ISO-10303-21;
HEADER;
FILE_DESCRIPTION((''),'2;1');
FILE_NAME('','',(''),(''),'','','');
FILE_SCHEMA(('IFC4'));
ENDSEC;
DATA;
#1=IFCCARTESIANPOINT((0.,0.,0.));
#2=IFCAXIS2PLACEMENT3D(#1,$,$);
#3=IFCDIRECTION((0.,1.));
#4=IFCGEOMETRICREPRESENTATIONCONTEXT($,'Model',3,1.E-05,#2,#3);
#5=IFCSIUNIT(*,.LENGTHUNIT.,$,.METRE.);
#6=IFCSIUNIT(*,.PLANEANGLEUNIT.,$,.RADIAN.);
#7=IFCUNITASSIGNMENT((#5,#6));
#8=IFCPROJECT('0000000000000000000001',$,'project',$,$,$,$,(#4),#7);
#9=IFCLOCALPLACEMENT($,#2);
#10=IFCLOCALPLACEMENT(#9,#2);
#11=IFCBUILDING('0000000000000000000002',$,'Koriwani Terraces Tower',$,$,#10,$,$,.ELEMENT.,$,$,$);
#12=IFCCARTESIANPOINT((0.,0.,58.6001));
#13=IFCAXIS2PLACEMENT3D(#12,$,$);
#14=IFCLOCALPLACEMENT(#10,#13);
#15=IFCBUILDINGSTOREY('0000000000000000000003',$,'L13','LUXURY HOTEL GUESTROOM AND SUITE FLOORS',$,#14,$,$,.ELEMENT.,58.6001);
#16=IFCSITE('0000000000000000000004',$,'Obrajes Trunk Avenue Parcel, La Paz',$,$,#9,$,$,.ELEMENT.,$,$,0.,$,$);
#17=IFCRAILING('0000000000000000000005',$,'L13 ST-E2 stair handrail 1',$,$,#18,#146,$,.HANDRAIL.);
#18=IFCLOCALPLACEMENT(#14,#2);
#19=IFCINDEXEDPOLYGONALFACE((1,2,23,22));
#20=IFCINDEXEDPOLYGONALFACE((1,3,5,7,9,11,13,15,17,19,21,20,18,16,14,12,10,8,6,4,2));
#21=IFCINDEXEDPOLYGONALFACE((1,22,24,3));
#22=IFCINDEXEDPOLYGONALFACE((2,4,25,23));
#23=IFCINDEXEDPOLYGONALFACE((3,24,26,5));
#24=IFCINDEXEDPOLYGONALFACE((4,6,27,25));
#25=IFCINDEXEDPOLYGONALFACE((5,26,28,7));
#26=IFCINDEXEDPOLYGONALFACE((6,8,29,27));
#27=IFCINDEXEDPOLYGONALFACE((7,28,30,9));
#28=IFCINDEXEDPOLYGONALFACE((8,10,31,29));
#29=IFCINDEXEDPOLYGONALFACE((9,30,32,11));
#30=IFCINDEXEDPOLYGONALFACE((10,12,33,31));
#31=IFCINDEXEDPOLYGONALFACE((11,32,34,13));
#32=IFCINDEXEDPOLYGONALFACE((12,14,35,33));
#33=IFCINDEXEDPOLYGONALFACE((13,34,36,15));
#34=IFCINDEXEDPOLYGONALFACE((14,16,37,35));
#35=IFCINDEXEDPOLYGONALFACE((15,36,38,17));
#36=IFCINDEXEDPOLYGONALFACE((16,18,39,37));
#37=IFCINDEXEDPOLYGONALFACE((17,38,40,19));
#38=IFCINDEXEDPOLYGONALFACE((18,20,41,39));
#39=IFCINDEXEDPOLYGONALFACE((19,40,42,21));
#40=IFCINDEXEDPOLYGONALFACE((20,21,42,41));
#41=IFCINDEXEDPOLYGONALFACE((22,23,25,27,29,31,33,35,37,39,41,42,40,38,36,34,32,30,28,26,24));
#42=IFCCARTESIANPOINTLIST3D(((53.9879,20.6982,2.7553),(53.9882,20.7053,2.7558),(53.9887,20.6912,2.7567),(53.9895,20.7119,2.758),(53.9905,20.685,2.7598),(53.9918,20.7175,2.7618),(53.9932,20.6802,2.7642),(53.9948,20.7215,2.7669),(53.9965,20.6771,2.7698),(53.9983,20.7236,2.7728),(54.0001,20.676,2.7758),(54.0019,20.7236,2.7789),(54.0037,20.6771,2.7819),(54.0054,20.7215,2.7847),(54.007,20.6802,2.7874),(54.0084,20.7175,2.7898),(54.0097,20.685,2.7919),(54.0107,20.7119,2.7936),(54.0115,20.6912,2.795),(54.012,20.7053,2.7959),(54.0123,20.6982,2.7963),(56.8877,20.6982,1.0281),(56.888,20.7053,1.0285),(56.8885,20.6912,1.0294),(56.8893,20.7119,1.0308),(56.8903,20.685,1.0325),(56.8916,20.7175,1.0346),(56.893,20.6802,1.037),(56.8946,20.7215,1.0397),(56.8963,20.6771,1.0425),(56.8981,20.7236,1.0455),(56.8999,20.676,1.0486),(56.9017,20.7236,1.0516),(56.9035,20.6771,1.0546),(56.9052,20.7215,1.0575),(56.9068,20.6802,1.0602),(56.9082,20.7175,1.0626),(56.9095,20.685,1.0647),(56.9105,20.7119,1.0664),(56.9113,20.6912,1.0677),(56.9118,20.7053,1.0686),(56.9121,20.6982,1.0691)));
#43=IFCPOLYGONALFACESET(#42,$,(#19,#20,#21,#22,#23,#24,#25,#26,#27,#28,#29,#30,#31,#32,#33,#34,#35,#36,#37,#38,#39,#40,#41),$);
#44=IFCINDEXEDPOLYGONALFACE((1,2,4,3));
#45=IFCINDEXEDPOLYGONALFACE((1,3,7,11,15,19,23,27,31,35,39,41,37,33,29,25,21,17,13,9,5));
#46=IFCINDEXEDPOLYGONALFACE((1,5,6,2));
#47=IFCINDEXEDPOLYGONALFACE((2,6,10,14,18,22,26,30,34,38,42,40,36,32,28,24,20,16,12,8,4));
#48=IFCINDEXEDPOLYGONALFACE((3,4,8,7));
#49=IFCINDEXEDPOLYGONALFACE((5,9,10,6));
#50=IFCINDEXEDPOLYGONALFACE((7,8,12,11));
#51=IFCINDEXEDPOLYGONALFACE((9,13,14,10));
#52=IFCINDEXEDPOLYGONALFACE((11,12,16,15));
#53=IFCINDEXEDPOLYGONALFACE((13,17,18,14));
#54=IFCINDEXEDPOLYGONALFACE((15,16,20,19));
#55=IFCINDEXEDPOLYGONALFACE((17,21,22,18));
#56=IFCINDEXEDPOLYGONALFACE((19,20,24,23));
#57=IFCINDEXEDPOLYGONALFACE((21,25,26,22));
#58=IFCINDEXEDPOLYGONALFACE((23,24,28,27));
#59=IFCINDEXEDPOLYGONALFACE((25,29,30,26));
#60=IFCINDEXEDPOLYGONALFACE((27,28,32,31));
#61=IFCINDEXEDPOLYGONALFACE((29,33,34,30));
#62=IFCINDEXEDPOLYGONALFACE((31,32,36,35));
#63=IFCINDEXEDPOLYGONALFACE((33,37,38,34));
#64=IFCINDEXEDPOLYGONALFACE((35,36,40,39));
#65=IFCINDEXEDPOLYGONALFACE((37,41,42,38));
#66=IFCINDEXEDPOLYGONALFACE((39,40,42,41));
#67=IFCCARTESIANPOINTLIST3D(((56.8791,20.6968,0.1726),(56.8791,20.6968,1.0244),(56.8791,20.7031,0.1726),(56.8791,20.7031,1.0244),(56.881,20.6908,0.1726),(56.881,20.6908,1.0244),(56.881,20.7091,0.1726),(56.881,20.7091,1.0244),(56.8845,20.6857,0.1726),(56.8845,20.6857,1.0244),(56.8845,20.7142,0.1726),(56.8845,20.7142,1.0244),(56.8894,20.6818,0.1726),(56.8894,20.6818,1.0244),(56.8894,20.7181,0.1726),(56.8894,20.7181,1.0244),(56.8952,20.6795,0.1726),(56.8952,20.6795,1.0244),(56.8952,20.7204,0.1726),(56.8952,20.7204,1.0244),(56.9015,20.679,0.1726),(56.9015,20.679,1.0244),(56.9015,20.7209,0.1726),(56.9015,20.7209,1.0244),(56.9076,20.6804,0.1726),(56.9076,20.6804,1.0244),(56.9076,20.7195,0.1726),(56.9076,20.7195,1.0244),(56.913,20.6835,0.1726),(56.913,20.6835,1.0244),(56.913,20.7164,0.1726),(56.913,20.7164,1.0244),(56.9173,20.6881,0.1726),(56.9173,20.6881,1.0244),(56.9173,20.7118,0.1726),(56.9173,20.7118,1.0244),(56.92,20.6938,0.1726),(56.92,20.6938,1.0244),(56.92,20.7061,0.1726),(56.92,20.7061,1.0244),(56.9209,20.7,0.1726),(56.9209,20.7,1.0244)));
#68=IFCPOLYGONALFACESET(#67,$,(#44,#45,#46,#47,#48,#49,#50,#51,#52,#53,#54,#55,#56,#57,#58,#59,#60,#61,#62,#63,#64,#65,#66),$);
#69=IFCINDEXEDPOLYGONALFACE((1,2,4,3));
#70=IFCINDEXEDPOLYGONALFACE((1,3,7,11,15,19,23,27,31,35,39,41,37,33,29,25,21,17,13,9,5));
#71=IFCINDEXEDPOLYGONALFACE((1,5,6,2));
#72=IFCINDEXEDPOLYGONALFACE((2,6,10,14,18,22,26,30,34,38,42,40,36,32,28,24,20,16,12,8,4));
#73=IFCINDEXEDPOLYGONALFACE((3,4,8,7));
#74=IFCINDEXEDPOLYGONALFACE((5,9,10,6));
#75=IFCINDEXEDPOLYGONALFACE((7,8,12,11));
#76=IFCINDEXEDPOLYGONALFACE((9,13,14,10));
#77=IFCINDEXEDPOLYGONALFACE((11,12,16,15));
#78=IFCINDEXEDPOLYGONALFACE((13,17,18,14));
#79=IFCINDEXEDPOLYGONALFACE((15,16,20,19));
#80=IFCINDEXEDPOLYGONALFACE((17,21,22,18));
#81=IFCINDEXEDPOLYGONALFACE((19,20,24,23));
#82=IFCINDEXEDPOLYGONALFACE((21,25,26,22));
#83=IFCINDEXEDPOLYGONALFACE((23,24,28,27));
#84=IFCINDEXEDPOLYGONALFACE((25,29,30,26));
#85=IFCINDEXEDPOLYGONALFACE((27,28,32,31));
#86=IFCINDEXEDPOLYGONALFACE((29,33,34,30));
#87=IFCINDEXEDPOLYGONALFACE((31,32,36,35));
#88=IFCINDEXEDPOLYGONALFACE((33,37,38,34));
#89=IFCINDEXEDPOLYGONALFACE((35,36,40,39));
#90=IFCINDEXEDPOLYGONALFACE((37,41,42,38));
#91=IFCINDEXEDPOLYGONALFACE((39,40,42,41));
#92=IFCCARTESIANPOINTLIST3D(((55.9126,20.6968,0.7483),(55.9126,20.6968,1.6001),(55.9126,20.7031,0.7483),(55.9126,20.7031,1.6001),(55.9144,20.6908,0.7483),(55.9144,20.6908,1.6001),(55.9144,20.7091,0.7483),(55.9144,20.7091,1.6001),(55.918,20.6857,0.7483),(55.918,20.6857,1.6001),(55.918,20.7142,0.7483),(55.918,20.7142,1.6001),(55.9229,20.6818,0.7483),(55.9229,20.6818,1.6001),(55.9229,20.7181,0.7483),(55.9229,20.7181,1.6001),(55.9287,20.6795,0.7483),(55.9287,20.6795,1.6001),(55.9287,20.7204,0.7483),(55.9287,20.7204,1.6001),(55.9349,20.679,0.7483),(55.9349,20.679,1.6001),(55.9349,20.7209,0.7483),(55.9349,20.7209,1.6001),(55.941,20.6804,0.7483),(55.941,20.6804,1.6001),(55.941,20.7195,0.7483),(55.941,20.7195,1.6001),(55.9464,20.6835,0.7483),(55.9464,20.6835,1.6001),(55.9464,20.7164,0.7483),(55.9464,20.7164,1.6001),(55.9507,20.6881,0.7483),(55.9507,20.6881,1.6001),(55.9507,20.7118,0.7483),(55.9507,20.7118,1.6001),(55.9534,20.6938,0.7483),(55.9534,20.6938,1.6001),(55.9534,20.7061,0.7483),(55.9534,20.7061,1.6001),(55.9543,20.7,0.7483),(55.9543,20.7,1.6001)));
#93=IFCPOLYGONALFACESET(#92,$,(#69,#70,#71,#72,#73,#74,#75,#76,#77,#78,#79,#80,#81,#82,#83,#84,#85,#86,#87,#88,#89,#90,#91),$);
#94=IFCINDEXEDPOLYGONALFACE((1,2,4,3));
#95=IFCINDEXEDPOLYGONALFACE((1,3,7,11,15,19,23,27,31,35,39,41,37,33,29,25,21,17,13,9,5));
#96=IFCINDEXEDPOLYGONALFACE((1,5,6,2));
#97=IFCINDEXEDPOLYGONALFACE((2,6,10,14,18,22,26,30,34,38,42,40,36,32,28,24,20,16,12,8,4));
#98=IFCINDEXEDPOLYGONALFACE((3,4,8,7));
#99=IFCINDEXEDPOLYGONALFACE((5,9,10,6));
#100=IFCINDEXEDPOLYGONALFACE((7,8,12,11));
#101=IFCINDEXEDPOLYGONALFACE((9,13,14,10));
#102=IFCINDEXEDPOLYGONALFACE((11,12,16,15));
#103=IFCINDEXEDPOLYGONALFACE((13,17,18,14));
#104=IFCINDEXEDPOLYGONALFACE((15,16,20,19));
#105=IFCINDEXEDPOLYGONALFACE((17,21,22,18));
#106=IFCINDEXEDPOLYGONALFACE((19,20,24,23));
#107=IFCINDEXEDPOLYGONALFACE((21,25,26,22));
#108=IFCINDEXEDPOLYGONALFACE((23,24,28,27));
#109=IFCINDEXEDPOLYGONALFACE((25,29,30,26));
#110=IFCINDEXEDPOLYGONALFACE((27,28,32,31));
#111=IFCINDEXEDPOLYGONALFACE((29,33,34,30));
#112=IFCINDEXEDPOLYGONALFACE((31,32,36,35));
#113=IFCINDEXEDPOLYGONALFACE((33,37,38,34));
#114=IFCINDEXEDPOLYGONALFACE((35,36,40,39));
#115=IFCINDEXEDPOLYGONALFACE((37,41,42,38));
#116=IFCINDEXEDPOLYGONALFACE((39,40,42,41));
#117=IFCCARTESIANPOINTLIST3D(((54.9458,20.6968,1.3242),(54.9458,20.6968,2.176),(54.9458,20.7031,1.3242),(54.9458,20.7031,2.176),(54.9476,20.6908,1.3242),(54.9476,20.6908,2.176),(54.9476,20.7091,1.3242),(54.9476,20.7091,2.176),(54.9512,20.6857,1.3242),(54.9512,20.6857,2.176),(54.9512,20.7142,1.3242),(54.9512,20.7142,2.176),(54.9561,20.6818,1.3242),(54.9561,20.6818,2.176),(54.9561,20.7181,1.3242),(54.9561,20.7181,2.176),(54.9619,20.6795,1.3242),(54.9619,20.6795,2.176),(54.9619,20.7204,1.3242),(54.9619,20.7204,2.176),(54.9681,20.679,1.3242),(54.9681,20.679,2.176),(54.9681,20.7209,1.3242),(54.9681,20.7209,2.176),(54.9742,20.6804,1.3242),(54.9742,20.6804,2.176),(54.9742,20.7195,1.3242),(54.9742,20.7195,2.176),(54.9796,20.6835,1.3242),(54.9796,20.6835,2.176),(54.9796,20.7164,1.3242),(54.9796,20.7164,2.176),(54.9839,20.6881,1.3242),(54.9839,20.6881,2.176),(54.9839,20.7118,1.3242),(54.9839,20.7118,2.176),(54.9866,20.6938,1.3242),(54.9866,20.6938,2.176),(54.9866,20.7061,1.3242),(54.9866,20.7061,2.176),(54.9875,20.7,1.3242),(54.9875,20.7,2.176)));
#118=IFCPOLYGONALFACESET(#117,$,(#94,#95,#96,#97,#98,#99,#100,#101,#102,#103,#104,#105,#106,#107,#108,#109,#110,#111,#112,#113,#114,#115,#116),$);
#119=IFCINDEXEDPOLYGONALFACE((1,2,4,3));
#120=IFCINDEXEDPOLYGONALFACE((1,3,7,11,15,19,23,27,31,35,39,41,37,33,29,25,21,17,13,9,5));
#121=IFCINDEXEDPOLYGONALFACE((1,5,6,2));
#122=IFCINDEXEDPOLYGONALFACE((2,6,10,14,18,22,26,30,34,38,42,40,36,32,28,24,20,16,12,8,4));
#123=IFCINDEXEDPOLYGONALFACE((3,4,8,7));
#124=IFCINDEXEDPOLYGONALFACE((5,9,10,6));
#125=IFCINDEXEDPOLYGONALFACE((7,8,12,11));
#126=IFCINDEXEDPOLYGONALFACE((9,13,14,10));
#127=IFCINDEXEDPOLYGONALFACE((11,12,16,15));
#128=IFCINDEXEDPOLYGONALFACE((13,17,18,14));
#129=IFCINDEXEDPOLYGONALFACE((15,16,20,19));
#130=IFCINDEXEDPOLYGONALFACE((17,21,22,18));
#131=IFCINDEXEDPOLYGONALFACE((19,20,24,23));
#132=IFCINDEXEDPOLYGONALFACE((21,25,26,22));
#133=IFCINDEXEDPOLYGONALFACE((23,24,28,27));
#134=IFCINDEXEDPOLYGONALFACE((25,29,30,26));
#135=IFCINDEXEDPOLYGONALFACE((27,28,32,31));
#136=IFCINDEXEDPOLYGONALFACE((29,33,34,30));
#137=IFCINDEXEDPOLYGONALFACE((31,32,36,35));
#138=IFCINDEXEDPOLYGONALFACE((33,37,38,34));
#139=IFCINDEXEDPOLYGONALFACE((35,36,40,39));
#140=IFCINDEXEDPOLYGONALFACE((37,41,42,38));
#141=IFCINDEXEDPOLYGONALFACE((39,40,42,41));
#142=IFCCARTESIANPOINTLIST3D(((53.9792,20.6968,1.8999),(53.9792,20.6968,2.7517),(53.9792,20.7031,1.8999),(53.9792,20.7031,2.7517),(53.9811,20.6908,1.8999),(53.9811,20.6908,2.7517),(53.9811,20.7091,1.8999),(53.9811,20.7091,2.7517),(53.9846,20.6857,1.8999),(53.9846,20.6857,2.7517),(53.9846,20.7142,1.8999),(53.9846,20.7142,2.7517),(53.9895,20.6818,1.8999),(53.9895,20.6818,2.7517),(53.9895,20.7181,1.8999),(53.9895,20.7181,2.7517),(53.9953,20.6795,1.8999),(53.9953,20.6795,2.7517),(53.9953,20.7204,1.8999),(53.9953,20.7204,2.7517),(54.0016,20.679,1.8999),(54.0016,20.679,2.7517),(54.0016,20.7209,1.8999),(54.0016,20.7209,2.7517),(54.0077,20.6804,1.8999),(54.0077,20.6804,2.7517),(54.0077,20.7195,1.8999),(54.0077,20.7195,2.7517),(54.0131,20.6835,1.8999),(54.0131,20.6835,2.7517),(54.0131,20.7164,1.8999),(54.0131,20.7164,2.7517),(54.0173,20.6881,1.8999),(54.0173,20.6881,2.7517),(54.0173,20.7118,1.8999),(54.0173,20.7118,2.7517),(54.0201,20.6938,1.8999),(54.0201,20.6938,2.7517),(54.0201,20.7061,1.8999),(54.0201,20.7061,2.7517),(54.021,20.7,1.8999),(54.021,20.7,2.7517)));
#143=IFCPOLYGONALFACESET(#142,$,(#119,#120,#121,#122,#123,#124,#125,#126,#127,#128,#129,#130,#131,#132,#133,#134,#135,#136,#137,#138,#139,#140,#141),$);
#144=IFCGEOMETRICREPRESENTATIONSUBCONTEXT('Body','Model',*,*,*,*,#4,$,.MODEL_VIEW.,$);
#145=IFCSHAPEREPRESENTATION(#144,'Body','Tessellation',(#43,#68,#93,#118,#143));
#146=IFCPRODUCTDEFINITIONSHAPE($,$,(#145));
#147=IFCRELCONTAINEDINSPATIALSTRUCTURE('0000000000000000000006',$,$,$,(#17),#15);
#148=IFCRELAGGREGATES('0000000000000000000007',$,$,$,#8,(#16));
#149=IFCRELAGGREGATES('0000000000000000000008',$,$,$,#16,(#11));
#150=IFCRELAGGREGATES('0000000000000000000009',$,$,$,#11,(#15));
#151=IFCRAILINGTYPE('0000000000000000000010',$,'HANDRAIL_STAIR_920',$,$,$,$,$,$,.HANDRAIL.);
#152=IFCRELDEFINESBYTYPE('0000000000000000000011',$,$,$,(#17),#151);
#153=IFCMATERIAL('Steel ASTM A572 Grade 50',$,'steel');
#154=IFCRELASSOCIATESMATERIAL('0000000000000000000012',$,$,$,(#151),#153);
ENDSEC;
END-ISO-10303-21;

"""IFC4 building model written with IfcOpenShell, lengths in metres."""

from ifc_helpers import new_model, si_unit, direction, frame, origin, origin_2d, place, context, subcontext, project, spatial, circle, extrude, material, type_object, element, save


model = new_model("IFC4")

# Units and contexts
model_context = context("Model", 3, precision=1e-05, world=origin(), true_north=direction((0.0, 1.0)))
body_context = subcontext(model_context, "Body", "Model", "MODEL_VIEW")
ifc_project = project(units=[si_unit("LENGTHUNIT", "METRE"), si_unit("PLANEANGLEUNIT", "RADIAN")], contexts=[model_context])

# Site, building, storey
site_placement = place(None, origin())
site = spatial("IfcSite", under=ifc_project, at=site_placement, Name="Obrajes Trunk Avenue Parcel, La Paz", CompositionType="ELEMENT", RefElevation=0.0)
building_placement = place(site_placement, origin())
building = spatial("IfcBuilding", under=site, at=building_placement, Name="Koriwani Terraces Tower", CompositionType="ELEMENT")
storey_placement = place(building_placement, frame((0.0, 0.0, 58.6001)))
storey = spatial("IfcBuildingStorey", under=building, at=storey_placement, Name="L13", Description="LUXURY HOTEL GUESTROOM AND SUITE FLOORS", CompositionType="ELEMENT", Elevation=58.6001)

# Shared definitions
ifc_material_1 = material(Name="Steel ASTM A572 Grade 50", Category="steel")

# Railing
railing_type_1 = type_object("IfcRailingType", Name="HANDRAIL_STAIR_920", PredefinedType="HANDRAIL", material=ifc_material_1)
railing_1_placement = place(storey_placement, frame((56.8999, 20.7, 0.1726)))
element("IfcRailing", 1, at=railing_1_placement, inside=storey, type_object=railing_type_1, Name="L13 ST-E2 stair handrail 1", PredefinedType="HANDRAIL", context=body_context, shape_type="SweptSolid", body=[
    extrude(circle(Radius=0.0239, at=origin_2d()), frame((0.0, 0.0, 0.876), z_axis=(-0.859141, 0.0, 0.511738), x_axis=(0.0, -1.0, 0.0)), (0.0, 0.0, 1.0), 3.3752),
    extrude(circle(Radius=0.021, at=origin_2d()), origin(), (0.0, 0.0, 1.0), 0.8518),
    extrude(circle(Radius=0.021, at=origin_2d()), frame((-0.9666, 0.0, 0.5757)), (0.0, 0.0, 1.0), 0.8518),
    extrude(circle(Radius=0.021, at=origin_2d()), frame((-1.9333, 0.0, 1.1516)), (0.0, 0.0, 1.0), 0.8518),
    extrude(circle(Radius=0.021, at=origin_2d()), frame((-2.8999, 0.0, 1.7273)), (0.0, 0.0, 1.0), 0.8518),
])

save(model, "model.ifc")
